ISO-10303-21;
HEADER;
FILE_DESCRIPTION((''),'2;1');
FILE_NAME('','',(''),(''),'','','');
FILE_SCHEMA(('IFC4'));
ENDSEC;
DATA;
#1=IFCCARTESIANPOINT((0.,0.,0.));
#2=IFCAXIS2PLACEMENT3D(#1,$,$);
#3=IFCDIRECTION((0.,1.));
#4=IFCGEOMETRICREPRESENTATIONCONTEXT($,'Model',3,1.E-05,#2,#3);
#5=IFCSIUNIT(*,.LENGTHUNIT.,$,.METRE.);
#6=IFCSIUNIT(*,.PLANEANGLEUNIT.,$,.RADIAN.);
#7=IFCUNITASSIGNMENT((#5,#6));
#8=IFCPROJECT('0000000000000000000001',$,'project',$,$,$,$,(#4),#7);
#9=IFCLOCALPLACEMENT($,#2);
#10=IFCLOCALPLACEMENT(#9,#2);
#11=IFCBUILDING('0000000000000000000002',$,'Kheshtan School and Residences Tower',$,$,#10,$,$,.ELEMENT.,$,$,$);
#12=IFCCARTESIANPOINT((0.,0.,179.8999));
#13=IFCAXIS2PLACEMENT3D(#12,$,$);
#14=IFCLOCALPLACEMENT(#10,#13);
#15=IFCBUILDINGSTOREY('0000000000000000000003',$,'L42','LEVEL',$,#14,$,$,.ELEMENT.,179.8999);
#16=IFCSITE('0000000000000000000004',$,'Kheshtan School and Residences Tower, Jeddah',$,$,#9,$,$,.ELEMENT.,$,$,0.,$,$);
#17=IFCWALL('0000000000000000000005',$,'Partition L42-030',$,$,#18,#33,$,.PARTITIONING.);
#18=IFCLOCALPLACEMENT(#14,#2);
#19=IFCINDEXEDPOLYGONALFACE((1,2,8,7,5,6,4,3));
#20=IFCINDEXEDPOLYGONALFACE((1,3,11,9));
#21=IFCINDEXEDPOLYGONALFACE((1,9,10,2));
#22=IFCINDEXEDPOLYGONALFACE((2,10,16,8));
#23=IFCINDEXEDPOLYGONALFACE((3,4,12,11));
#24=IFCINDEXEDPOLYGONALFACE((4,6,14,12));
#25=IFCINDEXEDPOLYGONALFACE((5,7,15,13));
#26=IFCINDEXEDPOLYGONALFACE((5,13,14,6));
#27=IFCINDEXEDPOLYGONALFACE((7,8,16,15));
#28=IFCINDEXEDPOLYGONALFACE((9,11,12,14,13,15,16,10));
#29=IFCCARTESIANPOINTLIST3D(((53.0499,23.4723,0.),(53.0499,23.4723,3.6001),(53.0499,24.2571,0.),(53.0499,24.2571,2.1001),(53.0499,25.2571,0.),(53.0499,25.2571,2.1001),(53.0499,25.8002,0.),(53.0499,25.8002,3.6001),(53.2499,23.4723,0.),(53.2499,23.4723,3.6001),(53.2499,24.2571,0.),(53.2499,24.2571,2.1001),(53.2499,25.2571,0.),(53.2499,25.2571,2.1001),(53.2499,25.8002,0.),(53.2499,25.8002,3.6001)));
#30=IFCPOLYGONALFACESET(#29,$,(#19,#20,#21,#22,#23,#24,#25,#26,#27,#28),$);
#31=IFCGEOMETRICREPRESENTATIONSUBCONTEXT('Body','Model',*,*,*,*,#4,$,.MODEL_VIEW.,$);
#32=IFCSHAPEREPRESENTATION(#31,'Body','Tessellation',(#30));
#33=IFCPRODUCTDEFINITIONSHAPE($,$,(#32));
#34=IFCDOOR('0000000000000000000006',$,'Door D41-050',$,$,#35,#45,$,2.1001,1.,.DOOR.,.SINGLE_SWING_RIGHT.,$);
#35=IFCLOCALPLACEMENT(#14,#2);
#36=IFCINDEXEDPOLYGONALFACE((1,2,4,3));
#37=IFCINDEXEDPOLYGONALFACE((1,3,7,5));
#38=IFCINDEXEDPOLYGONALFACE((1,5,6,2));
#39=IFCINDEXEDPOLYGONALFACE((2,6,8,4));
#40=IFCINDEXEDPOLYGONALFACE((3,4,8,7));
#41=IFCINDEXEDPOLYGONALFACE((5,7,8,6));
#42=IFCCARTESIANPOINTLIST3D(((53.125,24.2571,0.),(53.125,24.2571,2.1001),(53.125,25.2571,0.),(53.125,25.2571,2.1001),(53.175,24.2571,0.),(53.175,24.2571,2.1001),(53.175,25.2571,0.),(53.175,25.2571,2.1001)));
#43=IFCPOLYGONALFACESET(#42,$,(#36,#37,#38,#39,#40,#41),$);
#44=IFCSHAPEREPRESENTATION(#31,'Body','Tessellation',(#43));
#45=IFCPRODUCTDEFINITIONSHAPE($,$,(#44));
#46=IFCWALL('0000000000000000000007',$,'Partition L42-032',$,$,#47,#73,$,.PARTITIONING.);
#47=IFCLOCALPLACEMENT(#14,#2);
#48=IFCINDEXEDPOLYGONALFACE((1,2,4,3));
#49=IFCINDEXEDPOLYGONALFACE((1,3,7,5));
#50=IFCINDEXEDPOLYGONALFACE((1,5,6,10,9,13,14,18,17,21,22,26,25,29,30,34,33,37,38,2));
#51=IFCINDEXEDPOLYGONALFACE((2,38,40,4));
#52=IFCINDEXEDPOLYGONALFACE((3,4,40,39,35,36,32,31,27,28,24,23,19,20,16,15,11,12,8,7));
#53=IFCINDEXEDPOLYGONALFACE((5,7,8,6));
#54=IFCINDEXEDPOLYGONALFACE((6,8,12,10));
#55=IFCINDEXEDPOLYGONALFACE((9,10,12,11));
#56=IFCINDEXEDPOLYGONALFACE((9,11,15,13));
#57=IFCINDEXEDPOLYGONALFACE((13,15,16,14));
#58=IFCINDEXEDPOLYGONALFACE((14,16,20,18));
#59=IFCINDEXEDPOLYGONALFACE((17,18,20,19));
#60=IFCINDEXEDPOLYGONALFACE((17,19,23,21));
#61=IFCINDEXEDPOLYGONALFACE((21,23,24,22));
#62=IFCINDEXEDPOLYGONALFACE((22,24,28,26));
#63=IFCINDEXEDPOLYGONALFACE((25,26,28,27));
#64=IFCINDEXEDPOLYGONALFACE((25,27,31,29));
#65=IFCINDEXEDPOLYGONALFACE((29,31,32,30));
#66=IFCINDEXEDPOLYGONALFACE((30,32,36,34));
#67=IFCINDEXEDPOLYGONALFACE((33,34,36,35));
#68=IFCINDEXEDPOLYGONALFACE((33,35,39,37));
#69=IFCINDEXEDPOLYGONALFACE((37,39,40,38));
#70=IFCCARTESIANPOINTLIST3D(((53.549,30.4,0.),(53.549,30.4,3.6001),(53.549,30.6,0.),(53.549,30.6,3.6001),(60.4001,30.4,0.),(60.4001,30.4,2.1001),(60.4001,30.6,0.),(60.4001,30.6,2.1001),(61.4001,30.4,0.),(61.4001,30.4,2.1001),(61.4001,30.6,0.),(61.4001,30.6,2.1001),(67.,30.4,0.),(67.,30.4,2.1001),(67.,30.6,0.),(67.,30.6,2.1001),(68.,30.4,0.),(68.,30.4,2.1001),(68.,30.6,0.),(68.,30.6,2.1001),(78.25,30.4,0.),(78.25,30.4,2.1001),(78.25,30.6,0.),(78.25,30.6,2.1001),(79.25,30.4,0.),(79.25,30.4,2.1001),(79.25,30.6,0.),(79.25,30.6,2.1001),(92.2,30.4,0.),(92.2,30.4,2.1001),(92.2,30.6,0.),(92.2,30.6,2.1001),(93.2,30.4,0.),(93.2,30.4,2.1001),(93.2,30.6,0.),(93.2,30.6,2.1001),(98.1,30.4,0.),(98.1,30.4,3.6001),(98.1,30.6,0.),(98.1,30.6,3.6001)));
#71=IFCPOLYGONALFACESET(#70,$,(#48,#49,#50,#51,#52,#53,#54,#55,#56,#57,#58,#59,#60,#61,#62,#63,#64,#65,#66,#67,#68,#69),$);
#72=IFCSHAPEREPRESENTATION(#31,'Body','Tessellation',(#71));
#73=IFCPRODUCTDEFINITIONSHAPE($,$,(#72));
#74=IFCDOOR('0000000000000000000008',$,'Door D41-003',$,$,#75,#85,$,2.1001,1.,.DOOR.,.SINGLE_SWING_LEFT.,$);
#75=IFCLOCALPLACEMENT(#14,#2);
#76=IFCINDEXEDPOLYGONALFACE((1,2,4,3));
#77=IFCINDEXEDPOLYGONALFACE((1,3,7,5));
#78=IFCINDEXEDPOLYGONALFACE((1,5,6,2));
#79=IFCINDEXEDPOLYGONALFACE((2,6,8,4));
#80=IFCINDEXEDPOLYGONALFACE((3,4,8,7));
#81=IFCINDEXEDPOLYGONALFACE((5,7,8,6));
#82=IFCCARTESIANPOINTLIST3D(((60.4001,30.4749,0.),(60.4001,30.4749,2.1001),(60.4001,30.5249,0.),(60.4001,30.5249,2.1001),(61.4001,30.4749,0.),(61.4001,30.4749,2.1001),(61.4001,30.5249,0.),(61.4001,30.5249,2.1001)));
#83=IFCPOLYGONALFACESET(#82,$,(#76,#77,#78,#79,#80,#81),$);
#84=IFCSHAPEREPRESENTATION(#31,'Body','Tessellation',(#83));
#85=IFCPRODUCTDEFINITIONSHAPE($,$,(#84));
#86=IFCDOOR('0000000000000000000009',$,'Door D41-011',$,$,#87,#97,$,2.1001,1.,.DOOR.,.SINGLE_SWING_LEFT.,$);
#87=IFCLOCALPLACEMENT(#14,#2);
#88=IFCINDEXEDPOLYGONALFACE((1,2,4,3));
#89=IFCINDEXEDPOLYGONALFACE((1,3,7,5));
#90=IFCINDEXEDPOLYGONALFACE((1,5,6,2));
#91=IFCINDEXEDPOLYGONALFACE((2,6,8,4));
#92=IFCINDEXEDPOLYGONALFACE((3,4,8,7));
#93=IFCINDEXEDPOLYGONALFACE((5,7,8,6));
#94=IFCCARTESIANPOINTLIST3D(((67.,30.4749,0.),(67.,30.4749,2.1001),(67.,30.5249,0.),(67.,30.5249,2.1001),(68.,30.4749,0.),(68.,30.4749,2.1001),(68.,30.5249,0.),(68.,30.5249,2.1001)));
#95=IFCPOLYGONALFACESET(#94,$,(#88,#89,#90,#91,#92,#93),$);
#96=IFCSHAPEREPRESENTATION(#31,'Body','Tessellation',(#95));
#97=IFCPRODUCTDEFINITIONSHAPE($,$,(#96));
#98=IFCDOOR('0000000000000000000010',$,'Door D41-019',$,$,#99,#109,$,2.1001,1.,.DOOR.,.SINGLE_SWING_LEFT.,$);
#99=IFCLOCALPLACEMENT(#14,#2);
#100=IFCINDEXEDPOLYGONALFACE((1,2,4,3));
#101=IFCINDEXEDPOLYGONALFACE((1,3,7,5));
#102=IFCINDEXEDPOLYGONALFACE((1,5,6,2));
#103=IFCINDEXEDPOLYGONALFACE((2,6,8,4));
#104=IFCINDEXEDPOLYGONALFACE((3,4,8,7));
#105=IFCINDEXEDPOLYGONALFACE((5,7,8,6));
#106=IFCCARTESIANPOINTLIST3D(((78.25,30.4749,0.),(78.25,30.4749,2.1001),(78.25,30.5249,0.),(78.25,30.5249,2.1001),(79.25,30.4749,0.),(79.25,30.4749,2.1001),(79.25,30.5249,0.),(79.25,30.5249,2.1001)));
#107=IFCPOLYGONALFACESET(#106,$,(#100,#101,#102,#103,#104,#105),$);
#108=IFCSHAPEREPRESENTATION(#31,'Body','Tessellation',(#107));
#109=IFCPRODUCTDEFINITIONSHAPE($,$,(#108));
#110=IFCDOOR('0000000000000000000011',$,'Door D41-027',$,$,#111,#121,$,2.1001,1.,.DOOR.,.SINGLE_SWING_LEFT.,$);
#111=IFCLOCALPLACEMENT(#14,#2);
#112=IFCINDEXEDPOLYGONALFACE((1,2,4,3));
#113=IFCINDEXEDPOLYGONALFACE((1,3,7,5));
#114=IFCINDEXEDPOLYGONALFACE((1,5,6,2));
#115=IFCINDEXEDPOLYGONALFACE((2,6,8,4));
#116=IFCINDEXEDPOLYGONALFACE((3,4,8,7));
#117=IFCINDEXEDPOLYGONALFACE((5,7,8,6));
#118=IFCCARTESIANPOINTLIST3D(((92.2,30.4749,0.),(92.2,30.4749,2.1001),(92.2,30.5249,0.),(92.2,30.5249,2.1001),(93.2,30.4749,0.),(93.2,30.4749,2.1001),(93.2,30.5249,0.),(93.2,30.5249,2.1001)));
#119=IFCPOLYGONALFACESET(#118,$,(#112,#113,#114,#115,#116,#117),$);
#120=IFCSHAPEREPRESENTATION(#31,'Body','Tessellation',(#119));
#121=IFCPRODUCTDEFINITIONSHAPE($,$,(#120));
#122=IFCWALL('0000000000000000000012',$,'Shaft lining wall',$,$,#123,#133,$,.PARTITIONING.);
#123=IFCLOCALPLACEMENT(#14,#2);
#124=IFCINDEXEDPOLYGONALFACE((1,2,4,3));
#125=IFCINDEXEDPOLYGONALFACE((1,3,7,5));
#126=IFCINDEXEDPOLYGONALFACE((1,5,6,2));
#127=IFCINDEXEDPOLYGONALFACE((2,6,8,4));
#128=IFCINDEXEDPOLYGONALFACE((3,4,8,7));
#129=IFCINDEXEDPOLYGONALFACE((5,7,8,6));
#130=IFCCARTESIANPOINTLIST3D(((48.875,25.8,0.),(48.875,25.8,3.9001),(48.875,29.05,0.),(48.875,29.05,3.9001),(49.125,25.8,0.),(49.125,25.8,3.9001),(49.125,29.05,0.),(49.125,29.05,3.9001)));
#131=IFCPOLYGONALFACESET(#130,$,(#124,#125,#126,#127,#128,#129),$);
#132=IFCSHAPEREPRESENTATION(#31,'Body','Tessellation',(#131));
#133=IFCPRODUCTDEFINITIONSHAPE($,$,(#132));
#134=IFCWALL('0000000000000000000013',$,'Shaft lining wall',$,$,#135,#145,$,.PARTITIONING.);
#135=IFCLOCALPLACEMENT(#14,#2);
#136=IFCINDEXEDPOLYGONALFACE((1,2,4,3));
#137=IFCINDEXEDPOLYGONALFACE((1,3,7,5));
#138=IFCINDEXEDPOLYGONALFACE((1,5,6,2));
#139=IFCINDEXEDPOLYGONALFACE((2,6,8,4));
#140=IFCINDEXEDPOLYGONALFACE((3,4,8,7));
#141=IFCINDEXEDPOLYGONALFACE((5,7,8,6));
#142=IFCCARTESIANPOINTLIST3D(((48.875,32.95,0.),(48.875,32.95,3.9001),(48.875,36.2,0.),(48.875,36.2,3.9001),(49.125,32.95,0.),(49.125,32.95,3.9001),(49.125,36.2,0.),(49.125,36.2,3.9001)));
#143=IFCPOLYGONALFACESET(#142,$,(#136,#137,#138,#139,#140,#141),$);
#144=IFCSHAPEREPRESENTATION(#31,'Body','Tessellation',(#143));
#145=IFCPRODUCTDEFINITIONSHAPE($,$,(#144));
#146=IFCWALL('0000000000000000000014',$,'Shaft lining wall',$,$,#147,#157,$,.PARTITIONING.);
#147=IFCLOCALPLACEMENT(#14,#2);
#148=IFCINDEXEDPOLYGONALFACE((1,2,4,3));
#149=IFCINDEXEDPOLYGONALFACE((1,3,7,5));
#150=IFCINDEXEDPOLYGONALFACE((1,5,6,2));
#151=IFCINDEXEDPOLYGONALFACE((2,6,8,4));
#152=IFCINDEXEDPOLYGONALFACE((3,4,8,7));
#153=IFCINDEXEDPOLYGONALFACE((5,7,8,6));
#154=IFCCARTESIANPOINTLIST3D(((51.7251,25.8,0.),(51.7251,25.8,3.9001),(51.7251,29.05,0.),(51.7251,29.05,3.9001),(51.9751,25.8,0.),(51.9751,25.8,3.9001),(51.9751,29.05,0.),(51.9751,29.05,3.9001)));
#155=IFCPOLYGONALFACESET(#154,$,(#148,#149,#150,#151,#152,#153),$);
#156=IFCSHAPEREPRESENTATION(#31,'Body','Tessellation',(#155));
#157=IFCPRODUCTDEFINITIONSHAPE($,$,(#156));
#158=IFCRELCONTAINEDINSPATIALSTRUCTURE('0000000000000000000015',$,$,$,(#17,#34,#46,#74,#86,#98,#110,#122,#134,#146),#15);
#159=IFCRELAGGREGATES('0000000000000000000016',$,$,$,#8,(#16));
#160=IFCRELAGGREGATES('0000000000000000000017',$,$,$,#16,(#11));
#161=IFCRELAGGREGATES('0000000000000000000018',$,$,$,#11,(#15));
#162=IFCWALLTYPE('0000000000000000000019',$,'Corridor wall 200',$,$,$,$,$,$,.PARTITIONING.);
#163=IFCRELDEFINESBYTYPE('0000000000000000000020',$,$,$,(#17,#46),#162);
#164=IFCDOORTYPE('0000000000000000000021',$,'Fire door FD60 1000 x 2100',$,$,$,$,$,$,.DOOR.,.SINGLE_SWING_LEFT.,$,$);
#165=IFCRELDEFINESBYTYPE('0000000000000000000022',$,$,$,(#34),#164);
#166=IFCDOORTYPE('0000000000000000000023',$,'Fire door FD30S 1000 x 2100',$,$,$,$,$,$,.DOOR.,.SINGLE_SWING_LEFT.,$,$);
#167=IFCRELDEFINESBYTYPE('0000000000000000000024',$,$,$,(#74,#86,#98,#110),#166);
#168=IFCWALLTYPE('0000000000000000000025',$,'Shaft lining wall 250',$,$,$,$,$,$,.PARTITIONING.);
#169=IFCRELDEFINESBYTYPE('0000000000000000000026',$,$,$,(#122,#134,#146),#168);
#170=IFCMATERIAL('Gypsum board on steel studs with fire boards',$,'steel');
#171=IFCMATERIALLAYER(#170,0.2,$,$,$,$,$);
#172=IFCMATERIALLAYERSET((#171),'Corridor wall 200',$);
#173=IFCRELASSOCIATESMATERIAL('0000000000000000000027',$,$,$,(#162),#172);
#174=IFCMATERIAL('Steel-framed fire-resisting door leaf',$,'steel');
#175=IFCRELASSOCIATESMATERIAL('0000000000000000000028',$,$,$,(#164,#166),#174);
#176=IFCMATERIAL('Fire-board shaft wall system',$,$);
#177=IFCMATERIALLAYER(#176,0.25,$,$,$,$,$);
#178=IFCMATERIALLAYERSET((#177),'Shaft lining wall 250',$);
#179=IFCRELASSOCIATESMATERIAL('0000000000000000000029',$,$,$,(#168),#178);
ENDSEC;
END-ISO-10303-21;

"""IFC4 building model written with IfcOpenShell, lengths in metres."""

from ifc_helpers import new_model, si_unit, direction, frame, frame_2d, origin, place, context, subcontext, project, spatial, rectangle, extrude, source, transform, mapped, material, layer, layer_set, type_object, element, fill, save


model = new_model("IFC4")

# Units and contexts
model_context = context("Model", 3, precision=1e-05, world=origin(), true_north=direction((0.0, 1.0)))
body_context = subcontext(model_context, "Body", "Model", "MODEL_VIEW")
ifc_project = project(units=[si_unit("LENGTHUNIT", "METRE"), si_unit("PLANEANGLEUNIT", "RADIAN")], contexts=[model_context])

# Site, building, storey
site_placement = place(None, origin())
site = spatial("IfcSite", under=ifc_project, at=site_placement, Name="Kheshtan School and Residences Tower, Jeddah", CompositionType="ELEMENT", RefElevation=0.0)
building_placement = place(site_placement, origin())
building = spatial("IfcBuilding", under=site, at=building_placement, Name="Kheshtan School and Residences Tower", CompositionType="ELEMENT")
storey_placement = place(building_placement, frame((0.0, 0.0, 179.8999)))
storey = spatial("IfcBuildingStorey", under=building, at=storey_placement, Name="L42", Description="LEVEL", CompositionType="ELEMENT", Elevation=179.8999)

# Wall, opening, door
ifc_material_1 = material(Name="Gypsum board on steel studs with fire boards", Category="steel")
ifc_layer_1 = layer(ifc_material_1, 0.2)
ifc_layer_set_1 = layer_set([ifc_layer_1], Name="Corridor wall 200")
wall_type_1 = type_object("IfcWallType", Name="Corridor wall 200", PredefinedType="PARTITIONING", material=ifc_layer_set_1)
wall_1_placement = place(storey_placement, frame((53.1499, 23.4722, 0.0), z_axis=(0.0, 0.0, 1.0), x_axis=(0.0, 1.0, 0.0)))
wall_1 = element("IfcWall", 1, at=wall_1_placement, inside=storey, type_object=wall_type_1, Name="Partition L42-030", PredefinedType="PARTITIONING", context=body_context, shape_type="SweptSolid", body=[
    extrude(rectangle(XDim=2.3279, YDim=0.2, at=frame_2d((1.1641, 0.0))), origin(), (0.0, 0.0, 1.0), 3.6001),
])
opening_1_placement = place(wall_1_placement, frame((0.7849, 0.0, 0.0)))
opening_1 = element("IfcOpeningElement", 2, at=opening_1_placement, cuts=wall_1, PredefinedType="OPENING", context=body_context, shape_type="SweptSolid", body=[
    extrude(rectangle(XDim=1.0, YDim=2.1001, at=frame_2d((0.5, 1.05))), frame((0.0, 0.1099, 0.0), z_axis=(0.0, -1.0, 0.0), x_axis=(1.0, 0.0, 0.0)), (0.0, 0.0, 1.0), 0.22),
])
ifc_material_2 = material(Name="Steel-framed fire-resisting door leaf", Category="steel")
door_type_1 = type_object("IfcDoorType", Name="Fire door FD60 1000 x 2100", OperationType="SINGLE_SWING_LEFT", PredefinedType="DOOR", material=ifc_material_2)
shared_shape_1 = source(origin(), body_context, "Body", "SweptSolid", [
    extrude(rectangle(XDim=1.0, YDim=2.1001, at=frame_2d((0.5, 1.05))), frame((0.0, 0.0249, 0.0), z_axis=(0.0, -1.0, 0.0), x_axis=(1.0, 0.0, 0.0)), (0.0, 0.0, 1.0), 0.05),
])
door_1_placement = place(opening_1_placement, origin())
door_1 = element("IfcDoor", 3, at=door_1_placement, inside=storey, type_object=door_type_1, Name="Door D41-050", OperationType="SINGLE_SWING_RIGHT", OverallHeight=2.1001, OverallWidth=1.0, PredefinedType="DOOR", context=body_context, shape_type="MappedRepresentation", body=[
    mapped(shared_shape_1, transform((0.0, 0.0, 0.0), x_axis=(1.0, 0.0, 0.0), y_axis=(0.0, 1.0, 0.0), z_axis=(0.0, 0.0, 1.0), scale=1.0)),
])
fill(opening_1, door_1)

# Wall, openings, doors
wall_2_placement = place(storey_placement, frame((53.5491, 30.5, 0.0), z_axis=(0.0, 0.0, 1.0), x_axis=(1.0, 0.0, 0.0)))
wall_2 = element("IfcWall", 4, at=wall_2_placement, inside=storey, type_object=wall_type_1, Name="Partition L42-032", PredefinedType="PARTITIONING", context=body_context, shape_type="SweptSolid", body=[
    extrude(rectangle(XDim=44.551, YDim=0.2, at=frame_2d((22.2754, 0.0))), origin(), (0.0, 0.0, 1.0), 3.6001),
])
opening_2_placement = place(wall_2_placement, frame((6.8511, 0.0, 0.0)))
opening_2 = element("IfcOpeningElement", 5, at=opening_2_placement, cuts=wall_2, PredefinedType="OPENING", context=body_context, shape_type="SweptSolid", body=[
    extrude(rectangle(XDim=1.0, YDim=2.1001, at=frame_2d((0.5, 1.05))), frame((0.0, 0.1099, 0.0), z_axis=(0.0, -1.0, 0.0), x_axis=(1.0, 0.0, 0.0)), (0.0, 0.0, 1.0), 0.22),
])
opening_3_placement = place(wall_2_placement, frame((13.4509, 0.0, 0.0)))
opening_3 = element("IfcOpeningElement", 6, at=opening_3_placement, cuts=wall_2, PredefinedType="OPENING", context=body_context, shape_type="SweptSolid", body=[
    extrude(rectangle(XDim=1.0, YDim=2.1001, at=frame_2d((0.5, 1.05))), frame((0.0, 0.1099, 0.0), z_axis=(0.0, -1.0, 0.0), x_axis=(1.0, 0.0, 0.0)), (0.0, 0.0, 1.0), 0.22),
])
opening_4_placement = place(wall_2_placement, frame((24.7009, 0.0, 0.0)))
opening_4 = element("IfcOpeningElement", 7, at=opening_4_placement, cuts=wall_2, PredefinedType="OPENING", context=body_context, shape_type="SweptSolid", body=[
    extrude(rectangle(XDim=1.0, YDim=2.1001, at=frame_2d((0.5, 1.05))), frame((0.0, 0.1099, 0.0), z_axis=(0.0, -1.0, 0.0), x_axis=(1.0, 0.0, 0.0)), (0.0, 0.0, 1.0), 0.22),
])
opening_5_placement = place(wall_2_placement, frame((38.6509, 0.0, 0.0)))
opening_5 = element("IfcOpeningElement", 8, at=opening_5_placement, cuts=wall_2, PredefinedType="OPENING", context=body_context, shape_type="SweptSolid", body=[
    extrude(rectangle(XDim=1.0, YDim=2.1001, at=frame_2d((0.5, 1.05))), frame((0.0, 0.1099, 0.0), z_axis=(0.0, -1.0, 0.0), x_axis=(1.0, 0.0, 0.0)), (0.0, 0.0, 1.0), 0.22),
])
door_type_2 = type_object("IfcDoorType", Name="Fire door FD30S 1000 x 2100", OperationType="SINGLE_SWING_LEFT", PredefinedType="DOOR", material=ifc_material_2)
shared_shape_2 = source(origin(), body_context, "Body", "SweptSolid", [
    extrude(rectangle(XDim=1.0, YDim=2.1001, at=frame_2d((0.5, 1.05))), frame((0.0, 0.0249, 0.0), z_axis=(0.0, -1.0, 0.0), x_axis=(1.0, 0.0, 0.0)), (0.0, 0.0, 1.0), 0.05),
])
door_2_placement = place(opening_2_placement, origin())
door_2 = element("IfcDoor", 9, at=door_2_placement, inside=storey, type_object=door_type_2, Name="Door D41-003", OperationType="SINGLE_SWING_LEFT", OverallHeight=2.1001, OverallWidth=1.0, PredefinedType="DOOR", context=body_context, shape_type="MappedRepresentation", body=[
    mapped(shared_shape_2, transform((0.0, 0.0, 0.0), x_axis=(1.0, 0.0, 0.0), y_axis=(0.0, 1.0, 0.0), z_axis=(0.0, 0.0, 1.0), scale=1.0)),
])
fill(opening_2, door_2)
door_3_placement = place(opening_3_placement, origin())
door_3 = element("IfcDoor", 10, at=door_3_placement, inside=storey, type_object=door_type_2, Name="Door D41-011", OperationType="SINGLE_SWING_LEFT", OverallHeight=2.1001, OverallWidth=1.0, PredefinedType="DOOR", context=body_context, shape_type="MappedRepresentation", body=[
    mapped(shared_shape_2, transform((0.0, 0.0, 0.0), x_axis=(1.0, 0.0, 0.0), y_axis=(0.0, 1.0, 0.0), z_axis=(0.0, 0.0, 1.0), scale=1.0)),
])
fill(opening_3, door_3)
door_4_placement = place(opening_4_placement, origin())
door_4 = element("IfcDoor", 11, at=door_4_placement, inside=storey, type_object=door_type_2, Name="Door D41-019", OperationType="SINGLE_SWING_LEFT", OverallHeight=2.1001, OverallWidth=1.0, PredefinedType="DOOR", context=body_context, shape_type="MappedRepresentation", body=[
    mapped(shared_shape_2, transform((0.0, 0.0, 0.0), x_axis=(1.0, 0.0, 0.0), y_axis=(0.0, 1.0, 0.0), z_axis=(0.0, 0.0, 1.0), scale=1.0)),
])
fill(opening_4, door_4)
door_5_placement = place(opening_5_placement, origin())
door_5 = element("IfcDoor", 12, at=door_5_placement, inside=storey, type_object=door_type_2, Name="Door D41-027", OperationType="SINGLE_SWING_LEFT", OverallHeight=2.1001, OverallWidth=1.0, PredefinedType="DOOR", context=body_context, shape_type="MappedRepresentation", body=[
    mapped(shared_shape_2, transform((0.0, 0.0, 0.0), x_axis=(1.0, 0.0, 0.0), y_axis=(0.0, 1.0, 0.0), z_axis=(0.0, 0.0, 1.0), scale=1.0)),
])
fill(opening_5, door_5)

# Walls
ifc_material_3 = material(Name="Fire-board shaft wall system")
ifc_layer_2 = layer(ifc_material_3, 0.25)
ifc_layer_set_2 = layer_set([ifc_layer_2], Name="Shaft lining wall 250")
wall_type_2 = type_object("IfcWallType", Name="Shaft lining wall 250", PredefinedType="PARTITIONING", material=ifc_layer_set_2)
for number, where, z_axis, x_axis, name in (
    (13, (49.0, 25.8, 0.0), (0.0, 0.0, 1.0), (0.0, 1.0, 0.0), "Shaft lining wall"),
    (14, (49.0, 32.95, 0.0), (0.0, 0.0, 1.0), (0.0, 1.0, 0.0), "Shaft lining wall"),
    (15, (51.8501, 25.8, 0.0), (0.0, 0.0, 1.0), (0.0, 1.0, 0.0), "Shaft lining wall"),
):
    element("IfcWall", number, at=place(storey_placement, frame(where, z_axis=z_axis, x_axis=x_axis)), inside=storey, type_object=wall_type_2, Name=name, PredefinedType="PARTITIONING", context=body_context, shape_type="SweptSolid", body=[
        extrude(rectangle(XDim=3.25, YDim=0.25, at=frame_2d((1.625, 0.0))), origin(), (0.0, 0.0, 1.0), 3.9001),
    ])

save(model, "model.ifc")
